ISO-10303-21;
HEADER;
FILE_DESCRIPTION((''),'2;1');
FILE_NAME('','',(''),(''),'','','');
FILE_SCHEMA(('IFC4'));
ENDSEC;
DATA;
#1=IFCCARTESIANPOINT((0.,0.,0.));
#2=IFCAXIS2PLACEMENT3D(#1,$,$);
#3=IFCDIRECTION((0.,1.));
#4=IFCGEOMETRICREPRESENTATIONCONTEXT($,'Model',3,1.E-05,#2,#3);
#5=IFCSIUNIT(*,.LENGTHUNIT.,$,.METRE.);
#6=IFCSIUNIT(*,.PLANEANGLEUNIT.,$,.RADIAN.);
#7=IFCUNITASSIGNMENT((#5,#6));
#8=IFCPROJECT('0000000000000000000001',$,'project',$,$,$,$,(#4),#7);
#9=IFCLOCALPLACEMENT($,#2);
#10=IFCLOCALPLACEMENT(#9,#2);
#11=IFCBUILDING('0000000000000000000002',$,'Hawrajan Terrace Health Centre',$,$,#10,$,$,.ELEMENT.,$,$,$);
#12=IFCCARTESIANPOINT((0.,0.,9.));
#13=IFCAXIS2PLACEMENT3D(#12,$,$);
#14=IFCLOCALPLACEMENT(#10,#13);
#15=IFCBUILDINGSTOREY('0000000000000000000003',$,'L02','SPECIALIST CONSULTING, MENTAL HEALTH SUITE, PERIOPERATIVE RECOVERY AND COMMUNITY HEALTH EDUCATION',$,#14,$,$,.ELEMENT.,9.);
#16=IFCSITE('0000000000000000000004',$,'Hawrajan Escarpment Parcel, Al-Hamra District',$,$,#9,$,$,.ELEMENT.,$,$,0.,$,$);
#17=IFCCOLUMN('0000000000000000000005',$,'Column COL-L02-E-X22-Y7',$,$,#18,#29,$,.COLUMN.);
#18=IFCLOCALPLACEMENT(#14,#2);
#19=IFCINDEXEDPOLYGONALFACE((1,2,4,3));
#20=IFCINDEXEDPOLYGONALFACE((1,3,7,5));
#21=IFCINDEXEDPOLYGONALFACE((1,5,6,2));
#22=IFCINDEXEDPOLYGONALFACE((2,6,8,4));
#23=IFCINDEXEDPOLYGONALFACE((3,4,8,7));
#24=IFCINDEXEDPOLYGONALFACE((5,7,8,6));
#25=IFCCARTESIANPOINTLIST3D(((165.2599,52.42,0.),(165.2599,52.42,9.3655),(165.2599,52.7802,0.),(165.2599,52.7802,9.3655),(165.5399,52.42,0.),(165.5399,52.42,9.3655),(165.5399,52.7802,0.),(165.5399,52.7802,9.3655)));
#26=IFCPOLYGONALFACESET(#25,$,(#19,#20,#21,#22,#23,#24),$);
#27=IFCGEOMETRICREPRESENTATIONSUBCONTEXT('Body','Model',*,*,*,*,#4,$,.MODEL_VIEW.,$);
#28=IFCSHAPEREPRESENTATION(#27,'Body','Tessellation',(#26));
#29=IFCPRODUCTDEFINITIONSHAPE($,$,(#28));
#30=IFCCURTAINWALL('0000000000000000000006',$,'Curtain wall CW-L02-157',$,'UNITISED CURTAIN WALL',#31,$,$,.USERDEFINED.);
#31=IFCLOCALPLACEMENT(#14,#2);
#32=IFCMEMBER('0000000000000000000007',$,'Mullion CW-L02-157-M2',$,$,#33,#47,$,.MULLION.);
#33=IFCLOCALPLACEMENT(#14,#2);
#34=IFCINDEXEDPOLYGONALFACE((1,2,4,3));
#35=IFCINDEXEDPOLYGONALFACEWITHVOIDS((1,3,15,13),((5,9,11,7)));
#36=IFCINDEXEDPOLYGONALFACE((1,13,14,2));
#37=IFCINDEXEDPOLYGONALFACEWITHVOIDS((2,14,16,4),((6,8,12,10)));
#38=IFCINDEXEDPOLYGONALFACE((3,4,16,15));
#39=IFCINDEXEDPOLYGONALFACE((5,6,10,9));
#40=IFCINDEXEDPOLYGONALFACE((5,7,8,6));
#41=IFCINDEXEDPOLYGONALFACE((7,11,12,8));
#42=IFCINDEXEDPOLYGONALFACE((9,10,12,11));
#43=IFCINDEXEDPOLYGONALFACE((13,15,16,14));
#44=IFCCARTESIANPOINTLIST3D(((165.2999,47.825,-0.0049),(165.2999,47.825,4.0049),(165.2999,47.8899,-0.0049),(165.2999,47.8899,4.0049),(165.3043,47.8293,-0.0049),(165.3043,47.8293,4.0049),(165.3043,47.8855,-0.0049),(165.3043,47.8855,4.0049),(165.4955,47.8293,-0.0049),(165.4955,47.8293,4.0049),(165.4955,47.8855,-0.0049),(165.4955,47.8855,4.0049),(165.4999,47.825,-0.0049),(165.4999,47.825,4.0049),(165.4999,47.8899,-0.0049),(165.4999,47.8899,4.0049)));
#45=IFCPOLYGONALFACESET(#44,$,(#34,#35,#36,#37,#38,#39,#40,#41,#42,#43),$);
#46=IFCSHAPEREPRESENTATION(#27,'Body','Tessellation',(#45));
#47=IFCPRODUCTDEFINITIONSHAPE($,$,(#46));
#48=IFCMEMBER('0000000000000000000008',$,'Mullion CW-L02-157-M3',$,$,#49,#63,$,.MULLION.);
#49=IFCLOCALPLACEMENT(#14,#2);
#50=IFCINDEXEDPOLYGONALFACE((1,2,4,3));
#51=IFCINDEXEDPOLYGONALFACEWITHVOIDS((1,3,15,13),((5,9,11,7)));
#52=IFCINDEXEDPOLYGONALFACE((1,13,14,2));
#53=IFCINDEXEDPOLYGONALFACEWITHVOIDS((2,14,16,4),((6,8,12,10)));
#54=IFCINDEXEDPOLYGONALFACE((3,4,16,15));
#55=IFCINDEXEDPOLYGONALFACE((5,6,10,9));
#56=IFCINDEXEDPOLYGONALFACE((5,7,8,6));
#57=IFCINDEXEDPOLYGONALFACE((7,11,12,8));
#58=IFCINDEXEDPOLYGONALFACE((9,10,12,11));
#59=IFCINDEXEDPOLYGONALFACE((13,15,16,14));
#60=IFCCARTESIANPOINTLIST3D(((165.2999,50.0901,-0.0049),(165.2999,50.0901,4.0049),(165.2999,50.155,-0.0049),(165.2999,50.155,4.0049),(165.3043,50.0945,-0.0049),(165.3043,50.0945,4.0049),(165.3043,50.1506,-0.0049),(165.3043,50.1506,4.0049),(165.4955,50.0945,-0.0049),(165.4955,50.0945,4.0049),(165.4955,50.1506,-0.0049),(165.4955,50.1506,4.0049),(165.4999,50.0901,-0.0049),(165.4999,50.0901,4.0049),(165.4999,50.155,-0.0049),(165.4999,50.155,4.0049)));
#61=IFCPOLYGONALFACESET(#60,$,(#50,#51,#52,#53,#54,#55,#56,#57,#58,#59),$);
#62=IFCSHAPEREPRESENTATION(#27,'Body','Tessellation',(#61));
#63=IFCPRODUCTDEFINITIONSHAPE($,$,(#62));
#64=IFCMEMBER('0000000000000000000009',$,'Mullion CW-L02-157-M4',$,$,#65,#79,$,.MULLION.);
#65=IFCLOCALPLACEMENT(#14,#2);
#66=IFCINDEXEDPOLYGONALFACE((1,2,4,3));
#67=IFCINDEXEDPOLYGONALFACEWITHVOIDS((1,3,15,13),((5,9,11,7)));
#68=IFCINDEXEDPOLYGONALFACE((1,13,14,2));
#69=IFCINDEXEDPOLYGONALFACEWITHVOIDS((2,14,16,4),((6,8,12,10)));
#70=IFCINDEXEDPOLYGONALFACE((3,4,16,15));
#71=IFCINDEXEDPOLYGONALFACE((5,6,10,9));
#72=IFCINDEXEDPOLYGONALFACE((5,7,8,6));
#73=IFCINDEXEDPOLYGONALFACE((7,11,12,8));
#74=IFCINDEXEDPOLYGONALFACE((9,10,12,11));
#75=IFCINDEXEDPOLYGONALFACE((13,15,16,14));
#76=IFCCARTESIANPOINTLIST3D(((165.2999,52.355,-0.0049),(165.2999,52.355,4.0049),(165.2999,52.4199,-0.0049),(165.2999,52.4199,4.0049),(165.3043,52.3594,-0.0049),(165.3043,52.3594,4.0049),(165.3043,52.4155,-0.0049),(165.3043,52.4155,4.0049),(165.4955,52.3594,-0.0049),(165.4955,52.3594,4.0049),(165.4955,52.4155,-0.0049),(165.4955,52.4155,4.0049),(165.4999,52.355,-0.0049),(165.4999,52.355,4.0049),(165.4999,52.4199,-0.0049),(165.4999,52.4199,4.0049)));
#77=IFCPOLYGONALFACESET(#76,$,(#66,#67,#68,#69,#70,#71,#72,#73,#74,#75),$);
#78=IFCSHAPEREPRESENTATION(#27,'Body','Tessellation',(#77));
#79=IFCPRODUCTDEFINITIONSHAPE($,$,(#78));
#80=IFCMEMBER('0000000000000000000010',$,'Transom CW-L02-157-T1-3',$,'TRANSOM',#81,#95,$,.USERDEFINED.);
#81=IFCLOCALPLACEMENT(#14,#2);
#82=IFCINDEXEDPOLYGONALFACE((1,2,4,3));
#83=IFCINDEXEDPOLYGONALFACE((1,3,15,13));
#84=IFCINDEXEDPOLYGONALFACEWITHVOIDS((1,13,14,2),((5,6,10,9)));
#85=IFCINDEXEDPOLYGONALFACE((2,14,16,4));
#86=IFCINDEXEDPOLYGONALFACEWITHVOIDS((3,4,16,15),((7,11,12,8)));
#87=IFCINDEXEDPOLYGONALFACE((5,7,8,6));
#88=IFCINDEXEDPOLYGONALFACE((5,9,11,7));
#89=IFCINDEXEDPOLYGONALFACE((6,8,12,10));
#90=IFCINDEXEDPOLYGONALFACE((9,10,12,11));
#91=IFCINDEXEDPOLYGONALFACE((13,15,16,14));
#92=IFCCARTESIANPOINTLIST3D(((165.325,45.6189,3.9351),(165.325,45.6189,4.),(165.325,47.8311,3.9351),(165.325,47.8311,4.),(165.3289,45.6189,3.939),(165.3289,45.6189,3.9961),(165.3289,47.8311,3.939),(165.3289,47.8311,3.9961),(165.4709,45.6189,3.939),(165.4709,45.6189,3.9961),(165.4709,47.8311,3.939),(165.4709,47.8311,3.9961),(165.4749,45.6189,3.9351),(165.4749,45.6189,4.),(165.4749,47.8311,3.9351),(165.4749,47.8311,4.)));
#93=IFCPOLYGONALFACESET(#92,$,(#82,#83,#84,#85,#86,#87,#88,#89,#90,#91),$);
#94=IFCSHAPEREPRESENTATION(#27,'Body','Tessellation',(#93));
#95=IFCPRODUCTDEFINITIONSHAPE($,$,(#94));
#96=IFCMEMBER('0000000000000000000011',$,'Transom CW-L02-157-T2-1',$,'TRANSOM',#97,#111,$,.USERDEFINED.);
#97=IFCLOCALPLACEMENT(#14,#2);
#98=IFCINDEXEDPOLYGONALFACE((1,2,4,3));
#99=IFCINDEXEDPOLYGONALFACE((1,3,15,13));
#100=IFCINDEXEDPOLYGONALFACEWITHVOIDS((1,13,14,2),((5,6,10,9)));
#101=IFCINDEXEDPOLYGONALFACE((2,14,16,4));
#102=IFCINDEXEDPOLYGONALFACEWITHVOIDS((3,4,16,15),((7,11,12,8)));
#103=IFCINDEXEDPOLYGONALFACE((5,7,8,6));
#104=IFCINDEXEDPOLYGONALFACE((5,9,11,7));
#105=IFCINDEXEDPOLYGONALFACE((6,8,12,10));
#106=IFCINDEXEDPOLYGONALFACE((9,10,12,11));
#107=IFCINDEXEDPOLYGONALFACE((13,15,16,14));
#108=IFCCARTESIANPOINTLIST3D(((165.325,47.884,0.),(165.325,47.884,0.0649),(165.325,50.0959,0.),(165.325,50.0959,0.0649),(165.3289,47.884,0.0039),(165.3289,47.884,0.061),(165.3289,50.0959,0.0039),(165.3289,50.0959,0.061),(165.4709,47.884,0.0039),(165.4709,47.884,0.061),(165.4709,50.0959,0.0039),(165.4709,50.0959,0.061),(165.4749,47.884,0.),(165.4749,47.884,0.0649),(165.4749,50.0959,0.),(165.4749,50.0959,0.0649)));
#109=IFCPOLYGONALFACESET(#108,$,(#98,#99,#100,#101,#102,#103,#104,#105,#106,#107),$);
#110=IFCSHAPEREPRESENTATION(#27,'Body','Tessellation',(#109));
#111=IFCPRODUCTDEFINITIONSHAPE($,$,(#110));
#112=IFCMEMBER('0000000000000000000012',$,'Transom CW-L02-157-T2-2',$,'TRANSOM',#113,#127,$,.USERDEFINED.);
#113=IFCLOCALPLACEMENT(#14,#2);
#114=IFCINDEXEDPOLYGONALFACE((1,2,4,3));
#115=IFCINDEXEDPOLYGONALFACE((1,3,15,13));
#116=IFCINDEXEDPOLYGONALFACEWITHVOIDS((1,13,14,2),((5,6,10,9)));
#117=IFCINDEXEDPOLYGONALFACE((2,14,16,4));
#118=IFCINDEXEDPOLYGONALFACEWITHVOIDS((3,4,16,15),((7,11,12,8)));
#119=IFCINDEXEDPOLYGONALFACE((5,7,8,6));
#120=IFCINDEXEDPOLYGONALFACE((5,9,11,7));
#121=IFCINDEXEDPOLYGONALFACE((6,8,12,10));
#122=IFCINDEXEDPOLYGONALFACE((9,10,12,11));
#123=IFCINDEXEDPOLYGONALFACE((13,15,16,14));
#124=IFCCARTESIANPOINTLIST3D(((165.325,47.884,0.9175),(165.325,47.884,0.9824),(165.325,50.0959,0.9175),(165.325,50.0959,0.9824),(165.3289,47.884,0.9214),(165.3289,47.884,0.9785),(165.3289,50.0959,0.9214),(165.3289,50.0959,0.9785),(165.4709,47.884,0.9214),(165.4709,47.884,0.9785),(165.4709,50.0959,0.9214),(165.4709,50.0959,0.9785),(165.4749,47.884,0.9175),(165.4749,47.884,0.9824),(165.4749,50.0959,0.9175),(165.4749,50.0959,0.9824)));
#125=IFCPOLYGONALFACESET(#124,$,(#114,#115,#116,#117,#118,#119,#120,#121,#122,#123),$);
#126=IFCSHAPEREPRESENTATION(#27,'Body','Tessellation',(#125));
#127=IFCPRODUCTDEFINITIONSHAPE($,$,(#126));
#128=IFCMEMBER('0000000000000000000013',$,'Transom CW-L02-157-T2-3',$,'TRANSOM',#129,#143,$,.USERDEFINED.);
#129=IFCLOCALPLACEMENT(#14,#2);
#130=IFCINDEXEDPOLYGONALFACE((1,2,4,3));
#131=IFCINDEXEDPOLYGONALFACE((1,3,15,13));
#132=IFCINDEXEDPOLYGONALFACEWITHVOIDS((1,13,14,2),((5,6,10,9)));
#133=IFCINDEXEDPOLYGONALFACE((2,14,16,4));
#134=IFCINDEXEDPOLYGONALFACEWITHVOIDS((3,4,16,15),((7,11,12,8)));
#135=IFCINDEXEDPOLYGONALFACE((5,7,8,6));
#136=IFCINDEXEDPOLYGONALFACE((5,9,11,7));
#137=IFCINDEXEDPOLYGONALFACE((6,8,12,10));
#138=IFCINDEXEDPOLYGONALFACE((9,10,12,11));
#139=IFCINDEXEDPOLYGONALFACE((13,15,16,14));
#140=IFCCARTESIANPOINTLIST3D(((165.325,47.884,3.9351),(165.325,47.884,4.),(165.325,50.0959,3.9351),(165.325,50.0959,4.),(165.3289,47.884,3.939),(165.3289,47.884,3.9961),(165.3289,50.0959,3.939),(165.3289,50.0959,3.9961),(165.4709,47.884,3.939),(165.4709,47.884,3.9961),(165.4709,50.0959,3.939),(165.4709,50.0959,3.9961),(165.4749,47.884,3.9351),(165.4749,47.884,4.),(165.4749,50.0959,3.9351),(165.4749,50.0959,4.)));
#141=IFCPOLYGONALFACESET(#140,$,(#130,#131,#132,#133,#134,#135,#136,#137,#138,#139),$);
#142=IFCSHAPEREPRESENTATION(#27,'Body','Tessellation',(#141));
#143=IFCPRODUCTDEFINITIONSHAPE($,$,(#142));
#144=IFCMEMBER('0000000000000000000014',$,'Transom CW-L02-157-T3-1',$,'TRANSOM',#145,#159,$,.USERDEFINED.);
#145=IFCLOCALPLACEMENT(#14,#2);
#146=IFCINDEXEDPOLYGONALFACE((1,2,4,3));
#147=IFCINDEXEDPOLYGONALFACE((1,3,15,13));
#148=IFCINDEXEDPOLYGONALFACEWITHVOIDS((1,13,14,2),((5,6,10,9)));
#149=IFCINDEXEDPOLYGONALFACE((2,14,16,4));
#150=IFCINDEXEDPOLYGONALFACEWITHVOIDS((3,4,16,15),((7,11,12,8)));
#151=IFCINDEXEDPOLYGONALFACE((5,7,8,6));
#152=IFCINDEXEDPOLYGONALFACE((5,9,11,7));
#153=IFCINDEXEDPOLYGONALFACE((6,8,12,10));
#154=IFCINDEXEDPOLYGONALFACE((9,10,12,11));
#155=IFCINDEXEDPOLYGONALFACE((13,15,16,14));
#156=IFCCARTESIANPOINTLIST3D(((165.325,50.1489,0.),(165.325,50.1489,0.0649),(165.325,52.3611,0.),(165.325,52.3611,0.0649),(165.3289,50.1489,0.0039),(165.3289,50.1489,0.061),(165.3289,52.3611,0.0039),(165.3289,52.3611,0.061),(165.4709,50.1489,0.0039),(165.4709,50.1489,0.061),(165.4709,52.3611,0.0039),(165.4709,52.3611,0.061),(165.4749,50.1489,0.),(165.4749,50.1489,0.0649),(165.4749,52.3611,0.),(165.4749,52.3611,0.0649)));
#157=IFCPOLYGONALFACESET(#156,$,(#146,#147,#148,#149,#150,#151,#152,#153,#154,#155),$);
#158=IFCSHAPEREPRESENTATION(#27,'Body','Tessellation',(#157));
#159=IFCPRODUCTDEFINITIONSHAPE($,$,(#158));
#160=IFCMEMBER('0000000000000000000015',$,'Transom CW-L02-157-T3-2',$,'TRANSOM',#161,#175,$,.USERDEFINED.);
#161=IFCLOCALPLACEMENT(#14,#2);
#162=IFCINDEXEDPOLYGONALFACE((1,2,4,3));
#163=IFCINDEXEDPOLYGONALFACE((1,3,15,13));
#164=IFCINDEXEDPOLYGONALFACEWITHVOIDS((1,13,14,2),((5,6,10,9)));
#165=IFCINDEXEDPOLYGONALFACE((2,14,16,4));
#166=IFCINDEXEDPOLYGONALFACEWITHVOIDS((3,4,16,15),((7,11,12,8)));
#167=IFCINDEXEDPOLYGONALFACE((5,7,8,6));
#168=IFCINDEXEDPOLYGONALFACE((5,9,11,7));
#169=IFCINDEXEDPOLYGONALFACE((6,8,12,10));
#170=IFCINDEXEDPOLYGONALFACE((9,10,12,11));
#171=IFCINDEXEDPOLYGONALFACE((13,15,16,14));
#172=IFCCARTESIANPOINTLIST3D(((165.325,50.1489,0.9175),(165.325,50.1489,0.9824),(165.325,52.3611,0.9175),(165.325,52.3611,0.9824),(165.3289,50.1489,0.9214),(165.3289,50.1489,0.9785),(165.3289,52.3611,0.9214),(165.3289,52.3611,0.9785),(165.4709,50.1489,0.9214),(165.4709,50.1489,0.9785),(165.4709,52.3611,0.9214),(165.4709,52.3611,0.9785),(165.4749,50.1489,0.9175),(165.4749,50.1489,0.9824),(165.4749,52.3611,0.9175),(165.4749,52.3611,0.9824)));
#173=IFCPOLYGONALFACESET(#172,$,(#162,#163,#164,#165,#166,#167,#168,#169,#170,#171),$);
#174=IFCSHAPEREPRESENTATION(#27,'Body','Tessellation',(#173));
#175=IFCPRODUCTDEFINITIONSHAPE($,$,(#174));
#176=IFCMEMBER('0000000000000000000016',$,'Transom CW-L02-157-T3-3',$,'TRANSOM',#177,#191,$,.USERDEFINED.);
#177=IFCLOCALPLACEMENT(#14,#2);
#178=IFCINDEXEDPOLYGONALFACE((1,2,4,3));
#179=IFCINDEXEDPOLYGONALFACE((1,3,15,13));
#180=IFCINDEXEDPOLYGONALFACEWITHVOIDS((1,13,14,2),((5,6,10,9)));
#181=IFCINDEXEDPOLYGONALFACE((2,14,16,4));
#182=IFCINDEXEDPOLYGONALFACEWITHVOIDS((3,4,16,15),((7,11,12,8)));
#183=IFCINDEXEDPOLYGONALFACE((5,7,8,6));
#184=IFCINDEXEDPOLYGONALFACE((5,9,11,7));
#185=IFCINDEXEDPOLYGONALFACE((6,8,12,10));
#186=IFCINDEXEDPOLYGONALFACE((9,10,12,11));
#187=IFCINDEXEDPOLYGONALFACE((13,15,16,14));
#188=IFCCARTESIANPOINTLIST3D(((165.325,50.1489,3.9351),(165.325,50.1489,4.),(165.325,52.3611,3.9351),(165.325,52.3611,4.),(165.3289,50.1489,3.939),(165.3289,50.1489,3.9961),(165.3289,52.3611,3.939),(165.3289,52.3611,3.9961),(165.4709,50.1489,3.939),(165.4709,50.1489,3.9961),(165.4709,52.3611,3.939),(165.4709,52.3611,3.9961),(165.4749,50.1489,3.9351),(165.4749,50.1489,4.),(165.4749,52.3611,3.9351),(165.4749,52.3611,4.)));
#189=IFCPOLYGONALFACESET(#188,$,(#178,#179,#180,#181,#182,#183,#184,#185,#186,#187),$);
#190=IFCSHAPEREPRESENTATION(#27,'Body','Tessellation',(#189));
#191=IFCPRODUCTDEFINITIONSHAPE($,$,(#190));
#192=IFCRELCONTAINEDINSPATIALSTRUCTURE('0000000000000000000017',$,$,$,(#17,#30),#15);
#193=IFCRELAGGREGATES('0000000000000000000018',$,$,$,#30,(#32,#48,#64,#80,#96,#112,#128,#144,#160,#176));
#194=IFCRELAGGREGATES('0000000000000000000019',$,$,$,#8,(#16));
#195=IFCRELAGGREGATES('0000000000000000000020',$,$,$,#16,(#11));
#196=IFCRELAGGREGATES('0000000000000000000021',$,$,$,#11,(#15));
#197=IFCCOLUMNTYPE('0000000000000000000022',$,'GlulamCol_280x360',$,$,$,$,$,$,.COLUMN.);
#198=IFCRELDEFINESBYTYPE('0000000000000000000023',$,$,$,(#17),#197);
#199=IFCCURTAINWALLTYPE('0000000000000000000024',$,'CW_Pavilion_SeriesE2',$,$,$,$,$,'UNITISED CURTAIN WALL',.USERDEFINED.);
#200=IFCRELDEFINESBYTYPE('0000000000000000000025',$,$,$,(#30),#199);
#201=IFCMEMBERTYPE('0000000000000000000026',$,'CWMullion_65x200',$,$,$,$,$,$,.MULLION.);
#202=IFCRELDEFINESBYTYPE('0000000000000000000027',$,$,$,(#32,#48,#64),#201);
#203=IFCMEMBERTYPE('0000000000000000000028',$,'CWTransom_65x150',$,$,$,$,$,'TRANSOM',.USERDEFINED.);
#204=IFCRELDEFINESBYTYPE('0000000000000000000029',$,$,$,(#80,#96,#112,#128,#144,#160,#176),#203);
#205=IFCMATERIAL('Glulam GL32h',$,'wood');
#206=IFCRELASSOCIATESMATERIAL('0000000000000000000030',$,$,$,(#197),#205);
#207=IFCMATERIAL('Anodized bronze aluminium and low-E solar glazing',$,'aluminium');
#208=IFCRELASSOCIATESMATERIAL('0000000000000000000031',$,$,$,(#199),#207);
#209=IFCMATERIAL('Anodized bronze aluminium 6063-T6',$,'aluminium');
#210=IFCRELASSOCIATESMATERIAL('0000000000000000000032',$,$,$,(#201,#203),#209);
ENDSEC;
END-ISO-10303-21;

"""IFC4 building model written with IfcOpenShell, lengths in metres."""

from ifc_helpers import new_model, si_unit, direction, frame, origin, origin_2d, place, context, subcontext, project, spatial, rectangle, hollow_rectangle, extrude, material, material_profile, profile_set, type_object, element, aggregate, save


model = new_model("IFC4")

# Units and contexts
model_context = context("Model", 3, precision=1e-05, world=origin(), true_north=direction((0.0, 1.0)))
body_context = subcontext(model_context, "Body", "Model", "MODEL_VIEW")
ifc_project = project(units=[si_unit("LENGTHUNIT", "METRE"), si_unit("PLANEANGLEUNIT", "RADIAN")], contexts=[model_context])

# Site, building, storey
site_placement = place(None, origin())
site = spatial("IfcSite", under=ifc_project, at=site_placement, Name="Hawrajan Escarpment Parcel, Al-Hamra District", CompositionType="ELEMENT", RefElevation=0.0)
building_placement = place(site_placement, origin())
building = spatial("IfcBuilding", under=site, at=building_placement, Name="Hawrajan Terrace Health Centre", CompositionType="ELEMENT")
storey_placement = place(building_placement, frame((0.0, 0.0, 9.0)))
storey = spatial("IfcBuildingStorey", under=building, at=storey_placement, Name="L02", Description="SPECIALIST CONSULTING, MENTAL HEALTH SUITE, PERIOPERATIVE RECOVERY AND COMMUNITY HEALTH EDUCATION", CompositionType="ELEMENT", Elevation=9.0)

# Column
ifc_material_1 = material(Name="Glulam GL32h", Category="wood")
ifc_material_profile_1 = material_profile(ifc_material_1, rectangle(XDim=0.28, YDim=0.3601, at=origin_2d()), Name="GL 280x360")
ifc_profile_set_1 = profile_set([ifc_material_profile_1], Name="Glulam GL32h")
column_type = type_object("IfcColumnType", Name="GlulamCol_280x360", PredefinedType="COLUMN", material=ifc_profile_set_1)
column_placement = place(storey_placement, frame((165.3999, 52.6001, 0.0), z_axis=(0.0, 0.0, 1.0), x_axis=(1.0, 0.0, 0.0)))
element("IfcColumn", 1, at=column_placement, inside=storey, type_object=column_type, Name="Column COL-L02-E-X22-Y7", PredefinedType="COLUMN", context=body_context, shape_type="SweptSolid", body=[
    extrude(rectangle(XDim=0.28, YDim=0.3601, at=origin_2d()), origin(), (0.0, 0.0, 1.0), 9.3655),
])

# Curtain wall, members
ifc_material_2 = material(Name="Anodized bronze aluminium and low-E solar glazing", Category="aluminium")
curtain_wall_type = type_object("IfcCurtainWallType", Name="CW_Pavilion_SeriesE2", ElementType="UNITISED CURTAIN WALL", PredefinedType="USERDEFINED", material=ifc_material_2)
curtain_wall_placement = place(storey_placement, origin())
curtain_wall = element("IfcCurtainWall", 2, at=curtain_wall_placement, inside=storey, type_object=curtain_wall_type, Name="Curtain wall CW-L02-157", ObjectType="UNITISED CURTAIN WALL", PredefinedType="USERDEFINED")
ifc_material_3 = material(Name="Anodized bronze aluminium 6063-T6", Category="aluminium")
ifc_material_profile_2 = material_profile(ifc_material_3, hollow_rectangle(XDim=0.0649, YDim=0.2, WallThickness=0.0044, at=origin_2d()), Name="CW MUL 65x200")
ifc_profile_set_2 = profile_set([ifc_material_profile_2], Name="Anodized bronze aluminium 6063-T6")
member_type_1 = type_object("IfcMemberType", Name="CWMullion_65x200", PredefinedType="MULLION", material=ifc_profile_set_2)
member_1_placement = place(storey_placement, frame((165.3999, 47.8574, -0.0049), z_axis=(0.0, 0.0, 1.0), x_axis=(0.0, 1.0, 0.0)))
member_1 = element("IfcMember", 3, at=member_1_placement, type_object=member_type_1, Name="Mullion CW-L02-157-M2", PredefinedType="MULLION", context=body_context, shape_type="SweptSolid", body=[
    extrude(hollow_rectangle(XDim=0.0649, YDim=0.2, WallThickness=0.0044, at=origin_2d()), origin(), (0.0, 0.0, 1.0), 4.0098),
])
member_2_placement = place(storey_placement, frame((165.3999, 50.1226, -0.0049), z_axis=(0.0, 0.0, 1.0), x_axis=(0.0, 1.0, 0.0)))
member_2 = element("IfcMember", 4, at=member_2_placement, type_object=member_type_1, Name="Mullion CW-L02-157-M3", PredefinedType="MULLION", context=body_context, shape_type="SweptSolid", body=[
    extrude(hollow_rectangle(XDim=0.0649, YDim=0.2, WallThickness=0.0044, at=origin_2d()), origin(), (0.0, 0.0, 1.0), 4.0098),
])
member_3_placement = place(storey_placement, frame((165.3999, 52.3875, -0.0049), z_axis=(0.0, 0.0, 1.0), x_axis=(0.0, 1.0, 0.0)))
member_3 = element("IfcMember", 5, at=member_3_placement, type_object=member_type_1, Name="Mullion CW-L02-157-M4", PredefinedType="MULLION", context=body_context, shape_type="SweptSolid", body=[
    extrude(hollow_rectangle(XDim=0.0649, YDim=0.2, WallThickness=0.0044, at=origin_2d()), origin(), (0.0, 0.0, 1.0), 4.0098),
])
ifc_material_profile_3 = material_profile(ifc_material_3, hollow_rectangle(XDim=0.0649, YDim=0.1499, WallThickness=0.0039, at=origin_2d()), Name="CW TRN 65x150")
ifc_profile_set_3 = profile_set([ifc_material_profile_3], Name="Anodized bronze aluminium 6063-T6")
member_type_2 = type_object("IfcMemberType", Name="CWTransom_65x150", ElementType="TRANSOM", PredefinedType="USERDEFINED", material=ifc_profile_set_3)
member_4_placement = place(storey_placement, frame((165.3999, 45.6189, 3.9675), z_axis=(0.0, 1.0, 0.0), x_axis=(0.0, 0.0, 1.0)))
member_4 = element("IfcMember", 6, at=member_4_placement, type_object=member_type_2, Name="Transom CW-L02-157-T1-3", ObjectType="TRANSOM", PredefinedType="USERDEFINED", context=body_context, shape_type="SweptSolid", body=[
    extrude(hollow_rectangle(XDim=0.0649, YDim=0.1499, WallThickness=0.0039, at=origin_2d()), origin(), (0.0, 0.0, 1.0), 2.2122),
])
member_5_placement = place(storey_placement, frame((165.3999, 47.884, 0.0325), z_axis=(0.0, 1.0, 0.0), x_axis=(0.0, 0.0, 1.0)))
member_5 = element("IfcMember", 7, at=member_5_placement, type_object=member_type_2, Name="Transom CW-L02-157-T2-1", ObjectType="TRANSOM", PredefinedType="USERDEFINED", context=body_context, shape_type="SweptSolid", body=[
    extrude(hollow_rectangle(XDim=0.0649, YDim=0.1499, WallThickness=0.0039, at=origin_2d()), origin(), (0.0, 0.0, 1.0), 2.2119),
])
member_6_placement = place(storey_placement, frame((165.3999, 47.884, 0.95), z_axis=(0.0, 1.0, 0.0), x_axis=(0.0, 0.0, 1.0)))
member_6 = element("IfcMember", 8, at=member_6_placement, type_object=member_type_2, Name="Transom CW-L02-157-T2-2", ObjectType="TRANSOM", PredefinedType="USERDEFINED", context=body_context, shape_type="SweptSolid", body=[
    extrude(hollow_rectangle(XDim=0.0649, YDim=0.1499, WallThickness=0.0039, at=origin_2d()), origin(), (0.0, 0.0, 1.0), 2.2119),
])
member_7_placement = place(storey_placement, frame((165.3999, 47.884, 3.9675), z_axis=(0.0, 1.0, 0.0), x_axis=(0.0, 0.0, 1.0)))
member_7 = element("IfcMember", 9, at=member_7_placement, type_object=member_type_2, Name="Transom CW-L02-157-T2-3", ObjectType="TRANSOM", PredefinedType="USERDEFINED", context=body_context, shape_type="SweptSolid", body=[
    extrude(hollow_rectangle(XDim=0.0649, YDim=0.1499, WallThickness=0.0039, at=origin_2d()), origin(), (0.0, 0.0, 1.0), 2.2119),
])
member_8_placement = place(storey_placement, frame((165.3999, 50.1489, 0.0325), z_axis=(0.0, 1.0, 0.0), x_axis=(0.0, 0.0, 1.0)))
member_8 = element("IfcMember", 10, at=member_8_placement, type_object=member_type_2, Name="Transom CW-L02-157-T3-1", ObjectType="TRANSOM", PredefinedType="USERDEFINED", context=body_context, shape_type="SweptSolid", body=[
    extrude(hollow_rectangle(XDim=0.0649, YDim=0.1499, WallThickness=0.0039, at=origin_2d()), origin(), (0.0, 0.0, 1.0), 2.2122),
])
member_9_placement = place(storey_placement, frame((165.3999, 50.1489, 0.95), z_axis=(0.0, 1.0, 0.0), x_axis=(0.0, 0.0, 1.0)))
member_9 = element("IfcMember", 11, at=member_9_placement, type_object=member_type_2, Name="Transom CW-L02-157-T3-2", ObjectType="TRANSOM", PredefinedType="USERDEFINED", context=body_context, shape_type="SweptSolid", body=[
    extrude(hollow_rectangle(XDim=0.0649, YDim=0.1499, WallThickness=0.0039, at=origin_2d()), origin(), (0.0, 0.0, 1.0), 2.2122),
])
member_10_placement = place(storey_placement, frame((165.3999, 50.1489, 3.9675), z_axis=(0.0, 1.0, 0.0), x_axis=(0.0, 0.0, 1.0)))
member_10 = element("IfcMember", 12, at=member_10_placement, type_object=member_type_2, Name="Transom CW-L02-157-T3-3", ObjectType="TRANSOM", PredefinedType="USERDEFINED", context=body_context, shape_type="SweptSolid", body=[
    extrude(hollow_rectangle(XDim=0.0649, YDim=0.1499, WallThickness=0.0039, at=origin_2d()), origin(), (0.0, 0.0, 1.0), 2.2122),
])
aggregate(curtain_wall, [member_1, member_2, member_3, member_4, member_5, member_6, member_7, member_8, member_9, member_10])

save(model, "model.ifc")
